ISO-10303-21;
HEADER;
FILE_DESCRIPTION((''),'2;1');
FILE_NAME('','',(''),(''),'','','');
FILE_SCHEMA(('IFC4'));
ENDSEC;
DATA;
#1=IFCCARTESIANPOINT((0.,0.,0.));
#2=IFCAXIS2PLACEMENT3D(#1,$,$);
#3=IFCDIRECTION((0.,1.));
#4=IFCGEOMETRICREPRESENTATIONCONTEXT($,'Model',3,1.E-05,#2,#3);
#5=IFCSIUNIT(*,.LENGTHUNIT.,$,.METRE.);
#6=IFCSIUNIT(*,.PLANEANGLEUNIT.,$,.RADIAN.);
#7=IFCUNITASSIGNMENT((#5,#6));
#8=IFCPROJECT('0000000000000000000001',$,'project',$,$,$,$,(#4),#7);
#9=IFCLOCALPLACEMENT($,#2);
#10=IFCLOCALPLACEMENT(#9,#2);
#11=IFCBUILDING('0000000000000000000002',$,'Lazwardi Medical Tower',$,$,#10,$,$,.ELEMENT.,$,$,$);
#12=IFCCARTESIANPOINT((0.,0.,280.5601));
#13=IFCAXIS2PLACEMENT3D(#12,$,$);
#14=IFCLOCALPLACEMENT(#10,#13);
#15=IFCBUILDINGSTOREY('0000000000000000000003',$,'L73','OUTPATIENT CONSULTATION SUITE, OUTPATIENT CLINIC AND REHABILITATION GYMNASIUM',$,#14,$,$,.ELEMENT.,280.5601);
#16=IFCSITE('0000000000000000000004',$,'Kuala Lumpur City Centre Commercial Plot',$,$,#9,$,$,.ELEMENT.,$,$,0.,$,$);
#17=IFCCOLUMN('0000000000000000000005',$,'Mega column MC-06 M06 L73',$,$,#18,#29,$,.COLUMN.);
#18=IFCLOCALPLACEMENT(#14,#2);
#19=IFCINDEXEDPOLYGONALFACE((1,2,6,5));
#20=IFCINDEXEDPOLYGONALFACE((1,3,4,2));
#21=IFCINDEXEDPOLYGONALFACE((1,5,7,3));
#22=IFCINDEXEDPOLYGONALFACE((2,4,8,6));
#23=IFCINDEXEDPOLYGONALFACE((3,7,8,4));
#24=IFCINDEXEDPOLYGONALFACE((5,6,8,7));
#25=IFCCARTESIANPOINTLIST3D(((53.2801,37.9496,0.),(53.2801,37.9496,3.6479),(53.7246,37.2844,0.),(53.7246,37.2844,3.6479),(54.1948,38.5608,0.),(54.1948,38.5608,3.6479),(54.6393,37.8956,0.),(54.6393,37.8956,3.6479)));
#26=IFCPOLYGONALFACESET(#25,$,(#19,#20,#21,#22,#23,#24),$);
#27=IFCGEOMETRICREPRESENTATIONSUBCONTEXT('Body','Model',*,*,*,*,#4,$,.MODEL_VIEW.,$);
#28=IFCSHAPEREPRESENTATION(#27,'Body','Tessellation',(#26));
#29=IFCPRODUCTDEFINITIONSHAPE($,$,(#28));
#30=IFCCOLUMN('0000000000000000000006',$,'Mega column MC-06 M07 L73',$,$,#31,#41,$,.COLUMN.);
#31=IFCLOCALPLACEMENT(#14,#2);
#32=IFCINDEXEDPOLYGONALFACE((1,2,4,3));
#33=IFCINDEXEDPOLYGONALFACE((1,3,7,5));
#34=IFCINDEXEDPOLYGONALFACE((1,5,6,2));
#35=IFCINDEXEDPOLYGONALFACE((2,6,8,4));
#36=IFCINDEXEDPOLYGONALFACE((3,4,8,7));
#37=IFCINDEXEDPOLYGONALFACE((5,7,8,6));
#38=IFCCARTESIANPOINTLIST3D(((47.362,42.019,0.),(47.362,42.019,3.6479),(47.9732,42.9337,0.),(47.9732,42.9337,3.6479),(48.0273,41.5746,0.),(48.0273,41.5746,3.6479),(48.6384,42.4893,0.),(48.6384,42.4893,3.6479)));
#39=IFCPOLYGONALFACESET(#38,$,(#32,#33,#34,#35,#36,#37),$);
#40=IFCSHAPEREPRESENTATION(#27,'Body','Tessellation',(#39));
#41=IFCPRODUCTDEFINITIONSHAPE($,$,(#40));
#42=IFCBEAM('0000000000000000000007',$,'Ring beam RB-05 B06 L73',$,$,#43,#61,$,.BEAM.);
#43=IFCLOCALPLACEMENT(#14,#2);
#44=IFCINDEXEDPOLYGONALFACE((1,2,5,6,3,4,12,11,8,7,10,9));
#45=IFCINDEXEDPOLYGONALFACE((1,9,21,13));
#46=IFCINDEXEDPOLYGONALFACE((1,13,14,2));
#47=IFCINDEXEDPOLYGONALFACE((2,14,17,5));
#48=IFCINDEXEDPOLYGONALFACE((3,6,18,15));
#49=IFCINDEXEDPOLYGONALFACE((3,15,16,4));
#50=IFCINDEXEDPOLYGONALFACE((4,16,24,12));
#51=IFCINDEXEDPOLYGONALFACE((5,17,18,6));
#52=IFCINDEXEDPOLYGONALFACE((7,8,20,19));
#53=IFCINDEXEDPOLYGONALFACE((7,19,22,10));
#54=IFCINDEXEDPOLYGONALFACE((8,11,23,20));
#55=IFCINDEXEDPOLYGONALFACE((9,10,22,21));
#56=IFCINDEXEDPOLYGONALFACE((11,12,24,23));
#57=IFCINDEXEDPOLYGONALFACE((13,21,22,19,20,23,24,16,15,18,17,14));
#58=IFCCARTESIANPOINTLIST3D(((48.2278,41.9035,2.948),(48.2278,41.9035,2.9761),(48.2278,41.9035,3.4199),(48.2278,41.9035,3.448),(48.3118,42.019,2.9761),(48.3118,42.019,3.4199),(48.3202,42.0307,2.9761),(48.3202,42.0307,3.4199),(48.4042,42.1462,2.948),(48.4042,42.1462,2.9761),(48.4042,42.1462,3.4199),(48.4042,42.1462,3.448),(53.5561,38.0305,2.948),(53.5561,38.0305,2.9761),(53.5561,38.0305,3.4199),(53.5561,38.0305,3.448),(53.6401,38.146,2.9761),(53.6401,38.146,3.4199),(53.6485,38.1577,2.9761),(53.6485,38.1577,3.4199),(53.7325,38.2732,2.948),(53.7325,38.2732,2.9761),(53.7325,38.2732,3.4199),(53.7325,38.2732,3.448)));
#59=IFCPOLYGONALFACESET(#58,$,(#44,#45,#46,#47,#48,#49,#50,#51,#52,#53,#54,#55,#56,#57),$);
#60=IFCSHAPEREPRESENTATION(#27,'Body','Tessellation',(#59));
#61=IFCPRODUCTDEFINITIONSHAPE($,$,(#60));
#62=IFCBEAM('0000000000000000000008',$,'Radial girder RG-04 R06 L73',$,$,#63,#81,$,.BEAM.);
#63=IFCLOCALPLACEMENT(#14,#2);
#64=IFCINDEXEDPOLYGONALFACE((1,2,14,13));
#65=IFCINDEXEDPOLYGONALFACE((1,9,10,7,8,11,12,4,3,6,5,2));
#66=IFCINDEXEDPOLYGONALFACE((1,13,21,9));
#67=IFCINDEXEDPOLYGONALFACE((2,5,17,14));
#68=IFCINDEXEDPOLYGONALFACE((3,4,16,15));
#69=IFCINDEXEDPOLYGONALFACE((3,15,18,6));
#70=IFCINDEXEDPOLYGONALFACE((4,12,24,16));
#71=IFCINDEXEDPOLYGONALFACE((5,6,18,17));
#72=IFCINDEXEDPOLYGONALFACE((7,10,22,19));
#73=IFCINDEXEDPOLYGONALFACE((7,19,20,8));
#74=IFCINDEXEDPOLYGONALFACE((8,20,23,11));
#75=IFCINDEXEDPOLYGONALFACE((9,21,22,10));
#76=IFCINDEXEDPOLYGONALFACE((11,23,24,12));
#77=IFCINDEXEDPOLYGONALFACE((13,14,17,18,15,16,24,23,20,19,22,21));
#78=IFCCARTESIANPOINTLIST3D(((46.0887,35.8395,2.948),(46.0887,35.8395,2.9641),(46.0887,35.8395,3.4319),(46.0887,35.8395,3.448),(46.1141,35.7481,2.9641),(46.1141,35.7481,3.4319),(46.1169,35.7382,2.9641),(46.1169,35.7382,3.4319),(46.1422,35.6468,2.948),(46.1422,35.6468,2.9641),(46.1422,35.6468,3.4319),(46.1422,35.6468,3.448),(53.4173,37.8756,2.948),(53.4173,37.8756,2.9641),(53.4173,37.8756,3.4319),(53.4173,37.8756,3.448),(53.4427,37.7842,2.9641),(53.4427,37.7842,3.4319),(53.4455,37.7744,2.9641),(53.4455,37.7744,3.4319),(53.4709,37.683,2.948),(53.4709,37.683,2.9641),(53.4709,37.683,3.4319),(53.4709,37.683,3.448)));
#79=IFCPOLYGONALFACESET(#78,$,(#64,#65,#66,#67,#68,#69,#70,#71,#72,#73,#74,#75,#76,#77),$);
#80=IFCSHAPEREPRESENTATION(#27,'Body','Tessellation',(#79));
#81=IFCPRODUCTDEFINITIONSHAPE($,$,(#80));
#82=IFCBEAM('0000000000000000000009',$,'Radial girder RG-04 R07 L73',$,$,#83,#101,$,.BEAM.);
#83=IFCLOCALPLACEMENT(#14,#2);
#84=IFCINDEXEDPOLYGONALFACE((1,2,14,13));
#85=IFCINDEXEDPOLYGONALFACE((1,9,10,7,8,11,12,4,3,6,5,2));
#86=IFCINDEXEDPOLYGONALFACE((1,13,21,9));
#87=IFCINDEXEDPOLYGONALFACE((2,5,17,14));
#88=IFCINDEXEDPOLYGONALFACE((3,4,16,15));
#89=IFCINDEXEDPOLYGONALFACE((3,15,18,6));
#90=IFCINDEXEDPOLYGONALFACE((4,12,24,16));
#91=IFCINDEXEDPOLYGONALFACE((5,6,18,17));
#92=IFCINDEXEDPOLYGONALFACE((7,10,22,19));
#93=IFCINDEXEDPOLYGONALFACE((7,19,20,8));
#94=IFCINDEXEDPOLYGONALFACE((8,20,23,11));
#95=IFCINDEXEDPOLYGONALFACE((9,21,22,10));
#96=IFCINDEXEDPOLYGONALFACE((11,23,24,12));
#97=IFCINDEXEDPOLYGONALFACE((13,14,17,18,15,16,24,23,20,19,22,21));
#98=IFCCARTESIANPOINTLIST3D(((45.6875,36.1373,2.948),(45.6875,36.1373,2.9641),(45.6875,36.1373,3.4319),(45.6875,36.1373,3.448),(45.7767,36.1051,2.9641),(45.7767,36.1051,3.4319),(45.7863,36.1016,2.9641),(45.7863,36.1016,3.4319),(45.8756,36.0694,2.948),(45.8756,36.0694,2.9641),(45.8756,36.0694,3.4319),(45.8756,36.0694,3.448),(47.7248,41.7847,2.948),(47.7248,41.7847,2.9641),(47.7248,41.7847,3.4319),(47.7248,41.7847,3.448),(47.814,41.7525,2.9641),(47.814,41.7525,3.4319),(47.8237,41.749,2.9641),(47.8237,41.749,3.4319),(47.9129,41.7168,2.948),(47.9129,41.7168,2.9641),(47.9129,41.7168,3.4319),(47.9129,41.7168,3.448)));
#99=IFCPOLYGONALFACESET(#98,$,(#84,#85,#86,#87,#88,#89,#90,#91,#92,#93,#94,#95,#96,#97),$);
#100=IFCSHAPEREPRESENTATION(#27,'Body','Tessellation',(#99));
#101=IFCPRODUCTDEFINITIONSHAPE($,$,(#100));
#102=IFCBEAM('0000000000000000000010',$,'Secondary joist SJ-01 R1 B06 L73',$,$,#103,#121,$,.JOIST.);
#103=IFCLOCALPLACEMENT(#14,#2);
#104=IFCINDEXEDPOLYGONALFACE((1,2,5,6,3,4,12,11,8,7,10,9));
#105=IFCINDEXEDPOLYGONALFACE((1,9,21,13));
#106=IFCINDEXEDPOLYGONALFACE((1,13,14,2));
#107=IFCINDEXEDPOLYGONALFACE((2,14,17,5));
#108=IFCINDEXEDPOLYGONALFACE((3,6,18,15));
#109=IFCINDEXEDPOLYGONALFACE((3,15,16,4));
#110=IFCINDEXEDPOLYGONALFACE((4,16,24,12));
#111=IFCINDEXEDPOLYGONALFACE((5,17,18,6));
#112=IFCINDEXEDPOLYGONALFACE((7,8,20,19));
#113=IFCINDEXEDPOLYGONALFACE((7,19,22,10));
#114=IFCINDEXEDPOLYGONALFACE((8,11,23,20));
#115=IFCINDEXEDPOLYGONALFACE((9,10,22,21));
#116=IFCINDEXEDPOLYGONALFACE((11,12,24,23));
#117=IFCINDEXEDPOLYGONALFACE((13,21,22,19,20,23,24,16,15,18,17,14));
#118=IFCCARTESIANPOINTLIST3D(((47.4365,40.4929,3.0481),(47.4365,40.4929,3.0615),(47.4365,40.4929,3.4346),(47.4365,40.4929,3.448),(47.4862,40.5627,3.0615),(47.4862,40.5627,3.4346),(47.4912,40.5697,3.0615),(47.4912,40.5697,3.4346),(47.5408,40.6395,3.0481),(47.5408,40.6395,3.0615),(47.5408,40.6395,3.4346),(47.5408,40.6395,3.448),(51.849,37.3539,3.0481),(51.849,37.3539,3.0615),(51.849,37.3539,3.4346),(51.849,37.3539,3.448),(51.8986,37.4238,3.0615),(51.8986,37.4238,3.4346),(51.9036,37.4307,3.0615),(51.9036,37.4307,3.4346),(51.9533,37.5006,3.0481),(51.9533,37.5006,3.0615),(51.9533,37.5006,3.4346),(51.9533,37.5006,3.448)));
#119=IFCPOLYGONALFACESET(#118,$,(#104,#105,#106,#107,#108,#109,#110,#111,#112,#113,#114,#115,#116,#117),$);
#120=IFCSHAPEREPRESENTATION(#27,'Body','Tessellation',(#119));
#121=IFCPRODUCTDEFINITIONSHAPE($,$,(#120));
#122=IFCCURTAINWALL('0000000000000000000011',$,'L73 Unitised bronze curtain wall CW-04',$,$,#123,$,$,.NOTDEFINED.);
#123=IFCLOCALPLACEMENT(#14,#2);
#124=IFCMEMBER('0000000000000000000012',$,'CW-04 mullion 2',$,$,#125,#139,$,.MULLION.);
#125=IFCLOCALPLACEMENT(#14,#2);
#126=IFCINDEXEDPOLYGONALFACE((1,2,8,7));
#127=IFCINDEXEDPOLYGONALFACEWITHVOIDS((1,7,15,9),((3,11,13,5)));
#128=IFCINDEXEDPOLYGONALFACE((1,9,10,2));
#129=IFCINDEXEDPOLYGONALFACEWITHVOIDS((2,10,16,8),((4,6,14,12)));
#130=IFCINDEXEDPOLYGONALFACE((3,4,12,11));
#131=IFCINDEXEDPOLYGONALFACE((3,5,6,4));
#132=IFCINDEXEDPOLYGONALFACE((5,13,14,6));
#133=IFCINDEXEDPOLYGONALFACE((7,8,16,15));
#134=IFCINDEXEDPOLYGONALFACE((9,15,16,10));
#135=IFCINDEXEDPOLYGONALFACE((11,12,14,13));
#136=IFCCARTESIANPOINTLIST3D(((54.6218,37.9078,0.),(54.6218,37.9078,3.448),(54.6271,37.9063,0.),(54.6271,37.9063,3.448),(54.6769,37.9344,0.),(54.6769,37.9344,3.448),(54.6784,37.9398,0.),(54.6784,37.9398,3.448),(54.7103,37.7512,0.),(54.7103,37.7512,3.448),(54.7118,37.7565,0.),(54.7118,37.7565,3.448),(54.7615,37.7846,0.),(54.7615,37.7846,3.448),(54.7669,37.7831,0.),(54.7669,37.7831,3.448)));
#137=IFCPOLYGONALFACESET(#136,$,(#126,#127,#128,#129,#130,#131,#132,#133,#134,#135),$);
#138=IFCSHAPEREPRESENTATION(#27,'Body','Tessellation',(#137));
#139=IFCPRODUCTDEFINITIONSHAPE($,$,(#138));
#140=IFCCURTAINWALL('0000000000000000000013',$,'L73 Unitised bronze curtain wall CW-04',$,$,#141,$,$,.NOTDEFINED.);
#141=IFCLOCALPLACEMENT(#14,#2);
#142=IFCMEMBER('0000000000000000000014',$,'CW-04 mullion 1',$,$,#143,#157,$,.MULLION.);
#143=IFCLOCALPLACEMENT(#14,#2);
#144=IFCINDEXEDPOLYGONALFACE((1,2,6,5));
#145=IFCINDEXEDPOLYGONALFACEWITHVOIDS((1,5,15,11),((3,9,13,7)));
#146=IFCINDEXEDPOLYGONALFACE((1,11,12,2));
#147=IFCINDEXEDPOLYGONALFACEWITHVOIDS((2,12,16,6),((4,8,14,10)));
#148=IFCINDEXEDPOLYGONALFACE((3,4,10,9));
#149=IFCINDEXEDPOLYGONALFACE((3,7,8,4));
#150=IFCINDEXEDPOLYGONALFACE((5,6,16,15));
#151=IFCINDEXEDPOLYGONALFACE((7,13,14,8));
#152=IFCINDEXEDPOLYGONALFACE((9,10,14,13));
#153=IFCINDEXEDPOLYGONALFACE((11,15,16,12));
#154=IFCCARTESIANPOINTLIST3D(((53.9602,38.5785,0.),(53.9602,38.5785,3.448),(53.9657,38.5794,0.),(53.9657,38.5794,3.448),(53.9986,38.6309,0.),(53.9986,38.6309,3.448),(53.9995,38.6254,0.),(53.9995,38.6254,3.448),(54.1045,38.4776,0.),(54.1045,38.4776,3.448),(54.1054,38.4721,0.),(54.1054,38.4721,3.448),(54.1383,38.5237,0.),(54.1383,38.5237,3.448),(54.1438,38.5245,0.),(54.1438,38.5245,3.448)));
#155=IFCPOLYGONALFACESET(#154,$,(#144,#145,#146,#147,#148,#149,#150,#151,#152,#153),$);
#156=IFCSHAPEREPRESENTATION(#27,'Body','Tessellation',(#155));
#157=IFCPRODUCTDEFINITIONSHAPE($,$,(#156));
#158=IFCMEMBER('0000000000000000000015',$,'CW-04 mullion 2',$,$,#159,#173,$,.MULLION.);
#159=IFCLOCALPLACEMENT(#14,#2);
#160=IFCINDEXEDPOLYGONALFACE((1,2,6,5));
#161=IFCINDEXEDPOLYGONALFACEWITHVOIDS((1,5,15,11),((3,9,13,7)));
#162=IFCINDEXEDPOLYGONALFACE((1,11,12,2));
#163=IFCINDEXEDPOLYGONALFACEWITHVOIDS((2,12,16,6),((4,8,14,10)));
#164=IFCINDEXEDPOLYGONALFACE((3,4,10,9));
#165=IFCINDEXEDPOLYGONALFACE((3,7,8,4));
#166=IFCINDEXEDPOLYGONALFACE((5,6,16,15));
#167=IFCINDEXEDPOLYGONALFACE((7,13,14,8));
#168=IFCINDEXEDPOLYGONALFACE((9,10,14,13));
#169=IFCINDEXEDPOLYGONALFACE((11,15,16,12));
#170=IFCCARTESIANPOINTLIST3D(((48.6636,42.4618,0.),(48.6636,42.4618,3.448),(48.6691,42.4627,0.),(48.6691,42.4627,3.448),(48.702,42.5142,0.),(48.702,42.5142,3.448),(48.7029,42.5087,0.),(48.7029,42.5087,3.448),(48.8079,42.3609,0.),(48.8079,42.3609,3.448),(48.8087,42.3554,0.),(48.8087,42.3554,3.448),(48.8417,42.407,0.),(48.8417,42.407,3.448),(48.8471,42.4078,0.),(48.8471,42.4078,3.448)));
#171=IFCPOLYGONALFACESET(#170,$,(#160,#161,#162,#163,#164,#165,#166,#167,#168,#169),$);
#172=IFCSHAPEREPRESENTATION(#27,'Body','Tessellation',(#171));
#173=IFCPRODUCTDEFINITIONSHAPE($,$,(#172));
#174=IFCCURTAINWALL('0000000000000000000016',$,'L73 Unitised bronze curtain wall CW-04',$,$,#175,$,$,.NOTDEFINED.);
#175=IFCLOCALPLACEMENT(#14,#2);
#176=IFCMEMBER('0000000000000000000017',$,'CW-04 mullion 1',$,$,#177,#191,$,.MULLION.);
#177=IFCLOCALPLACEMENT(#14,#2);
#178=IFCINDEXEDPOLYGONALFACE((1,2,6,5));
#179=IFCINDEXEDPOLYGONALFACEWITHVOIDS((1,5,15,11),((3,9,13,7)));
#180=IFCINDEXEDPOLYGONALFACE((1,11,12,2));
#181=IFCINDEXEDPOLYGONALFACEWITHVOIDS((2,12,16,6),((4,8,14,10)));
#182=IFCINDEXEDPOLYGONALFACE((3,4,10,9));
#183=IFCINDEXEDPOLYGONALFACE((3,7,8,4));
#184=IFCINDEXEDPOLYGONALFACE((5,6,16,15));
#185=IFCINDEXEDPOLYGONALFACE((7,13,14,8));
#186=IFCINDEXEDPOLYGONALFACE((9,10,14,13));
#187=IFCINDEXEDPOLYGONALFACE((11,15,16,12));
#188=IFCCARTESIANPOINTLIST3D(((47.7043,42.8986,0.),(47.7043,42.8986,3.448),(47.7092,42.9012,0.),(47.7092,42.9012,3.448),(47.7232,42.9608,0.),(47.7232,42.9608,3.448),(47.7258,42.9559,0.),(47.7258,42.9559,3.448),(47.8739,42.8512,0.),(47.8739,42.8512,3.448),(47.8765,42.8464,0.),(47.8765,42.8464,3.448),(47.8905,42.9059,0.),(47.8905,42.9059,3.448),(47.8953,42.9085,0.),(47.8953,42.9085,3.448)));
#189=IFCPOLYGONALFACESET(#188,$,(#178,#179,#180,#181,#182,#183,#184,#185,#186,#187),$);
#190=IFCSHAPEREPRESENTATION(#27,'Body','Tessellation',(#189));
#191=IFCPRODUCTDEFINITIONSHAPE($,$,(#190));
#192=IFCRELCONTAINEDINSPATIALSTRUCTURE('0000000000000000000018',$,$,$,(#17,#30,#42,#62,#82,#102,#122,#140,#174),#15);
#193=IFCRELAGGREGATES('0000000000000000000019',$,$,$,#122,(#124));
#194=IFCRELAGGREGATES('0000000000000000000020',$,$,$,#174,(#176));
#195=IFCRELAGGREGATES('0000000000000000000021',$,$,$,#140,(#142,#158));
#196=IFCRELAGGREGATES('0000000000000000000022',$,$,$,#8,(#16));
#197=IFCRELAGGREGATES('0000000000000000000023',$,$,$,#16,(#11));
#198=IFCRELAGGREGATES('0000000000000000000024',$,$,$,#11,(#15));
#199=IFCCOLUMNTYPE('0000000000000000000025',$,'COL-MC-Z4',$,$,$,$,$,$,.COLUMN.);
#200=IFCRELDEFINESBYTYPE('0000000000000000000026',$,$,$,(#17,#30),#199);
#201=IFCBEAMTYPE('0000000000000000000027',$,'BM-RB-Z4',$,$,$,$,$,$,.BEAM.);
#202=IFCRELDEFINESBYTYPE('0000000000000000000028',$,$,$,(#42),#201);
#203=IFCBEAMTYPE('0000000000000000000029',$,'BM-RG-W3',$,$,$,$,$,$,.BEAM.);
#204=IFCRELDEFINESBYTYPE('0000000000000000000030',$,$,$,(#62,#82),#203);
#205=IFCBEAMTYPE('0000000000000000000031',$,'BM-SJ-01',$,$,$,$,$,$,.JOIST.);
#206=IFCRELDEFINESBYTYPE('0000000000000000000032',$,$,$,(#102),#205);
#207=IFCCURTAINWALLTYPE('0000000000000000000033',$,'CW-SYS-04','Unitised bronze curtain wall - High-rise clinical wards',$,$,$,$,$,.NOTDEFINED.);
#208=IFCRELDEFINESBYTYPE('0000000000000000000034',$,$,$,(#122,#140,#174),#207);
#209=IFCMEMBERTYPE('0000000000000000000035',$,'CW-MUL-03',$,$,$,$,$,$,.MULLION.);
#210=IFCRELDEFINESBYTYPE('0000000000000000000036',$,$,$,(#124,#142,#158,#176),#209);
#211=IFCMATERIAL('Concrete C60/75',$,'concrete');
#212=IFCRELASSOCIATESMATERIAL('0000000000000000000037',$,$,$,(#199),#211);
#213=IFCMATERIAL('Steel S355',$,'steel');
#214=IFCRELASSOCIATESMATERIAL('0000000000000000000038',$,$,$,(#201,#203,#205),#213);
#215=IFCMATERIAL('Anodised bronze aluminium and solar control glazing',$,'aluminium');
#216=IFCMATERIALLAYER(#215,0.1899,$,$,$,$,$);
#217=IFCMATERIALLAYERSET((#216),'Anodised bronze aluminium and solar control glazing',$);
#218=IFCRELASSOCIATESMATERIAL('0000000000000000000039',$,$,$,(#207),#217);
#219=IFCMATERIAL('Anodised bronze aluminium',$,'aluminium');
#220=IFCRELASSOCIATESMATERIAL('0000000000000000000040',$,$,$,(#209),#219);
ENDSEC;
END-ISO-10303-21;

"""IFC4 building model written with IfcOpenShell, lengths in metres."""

from ifc_helpers import new_model, si_unit, direction, frame, origin, origin_2d, place, context, subcontext, project, spatial, rectangle, hollow_rectangle, i_section, extrude, material, layer, layer_set, material_profile, profile_set, type_object, element, aggregate, save


model = new_model("IFC4")

# Units and contexts
model_context = context("Model", 3, precision=1e-05, world=origin(), true_north=direction((0.0, 1.0)))
body_context = subcontext(model_context, "Body", "Model", "MODEL_VIEW")
ifc_project = project(units=[si_unit("LENGTHUNIT", "METRE"), si_unit("PLANEANGLEUNIT", "RADIAN")], contexts=[model_context])

# Site, building, storey
site_placement = place(None, origin())
site = spatial("IfcSite", under=ifc_project, at=site_placement, Name="Kuala Lumpur City Centre Commercial Plot", CompositionType="ELEMENT", RefElevation=0.0)
building_placement = place(site_placement, origin())
building = spatial("IfcBuilding", under=site, at=building_placement, Name="Lazwardi Medical Tower", CompositionType="ELEMENT")
storey_placement = place(building_placement, frame((0.0, 0.0, 280.5601)))
storey = spatial("IfcBuildingStorey", under=building, at=storey_placement, Name="L73", Description="OUTPATIENT CONSULTATION SUITE, OUTPATIENT CLINIC AND REHABILITATION GYMNASIUM", CompositionType="ELEMENT", Elevation=280.5601)

# Columns
ifc_material_1 = material(Name="Concrete C60/75", Category="concrete")
ifc_material_profile_1 = material_profile(ifc_material_1, rectangle(XDim=1.1001, YDim=0.8, at=origin_2d()), Name="CFT-RECT 1100x800")
ifc_profile_set_1 = profile_set([ifc_material_profile_1], Name="Concrete C60/75")
column_type = type_object("IfcColumnType", Name="COL-MC-Z4", PredefinedType="COLUMN", material=ifc_profile_set_1)
for number, where, z_axis, x_axis, name in (
    (1, (53.9597, 37.9226, 0.0), (0.0, 0.0, 1.0), (0.83147, 0.55557, 0.0), "Mega column MC-06 M06 L73"),
    (2, (48.0002, 42.2542, 0.0), (0.0, 0.0, 1.0), (0.55557, 0.83147, 0.0), "Mega column MC-06 M07 L73"),
):
    element("IfcColumn", number, at=place(storey_placement, frame(where, z_axis=z_axis, x_axis=x_axis)), inside=storey, type_object=column_type, Name=name, PredefinedType="COLUMN", context=body_context, shape_type="SweptSolid", body=[
        extrude(rectangle(XDim=1.1001, YDim=0.8, at=origin_2d()), origin(), (0.0, 0.0, 1.0), 3.6479),
    ])

# Beams
ifc_material_2 = material(Name="Steel S355", Category="steel")
ifc_material_profile_2 = material_profile(ifc_material_2, i_section(OverallWidth=0.3, OverallDepth=0.5, WebThickness=0.0144, FlangeThickness=0.0281, at=origin_2d()), Name="HEB 500")
ifc_profile_set_2 = profile_set([ifc_material_profile_2], Name="Steel S355")
beam_type_1 = type_object("IfcBeamType", Name="BM-RB-Z4", PredefinedType="BEAM", material=ifc_profile_set_2)
beam_1_placement = place(storey_placement, frame((53.6443, 38.1519, 3.198), z_axis=(-0.80889, 0.58796, 0.0), x_axis=(-0.58796, -0.80889, 0.0)))
element("IfcBeam", 3, at=beam_1_placement, inside=storey, type_object=beam_type_1, Name="Ring beam RB-05 B06 L73", PredefinedType="BEAM", context=body_context, shape_type="SweptSolid", body=[
    extrude(i_section(OverallWidth=0.3, OverallDepth=0.5, WebThickness=0.0144, FlangeThickness=0.0281, at=origin_2d()), origin(), (0.0, 0.0, 1.0), 6.5872),
])
ifc_material_profile_3 = material_profile(ifc_material_2, i_section(OverallWidth=0.2, OverallDepth=0.5, WebThickness=0.0103, FlangeThickness=0.0161, at=origin_2d()), Name="IPE 500")
ifc_profile_set_3 = profile_set([ifc_material_profile_3], Name="Steel S355")
beam_type_2 = type_object("IfcBeamType", Name="BM-RG-W3", PredefinedType="BEAM", material=ifc_profile_set_3)
beam_2_placement = place(storey_placement, frame((53.4441, 37.7793, 3.198), z_axis=(-0.963504, -0.267694, 0.0), x_axis=(0.267694, -0.963504, 0.0)))
element("IfcBeam", 4, at=beam_2_placement, inside=storey, type_object=beam_type_2, Name="Radial girder RG-04 R06 L73", PredefinedType="BEAM", context=body_context, shape_type="SweptSolid", body=[
    extrude(i_section(OverallWidth=0.2, OverallDepth=0.5, WebThickness=0.0103, FlangeThickness=0.0161, at=origin_2d()), origin(), (0.0, 0.0, 1.0), 7.6062),
])
beam_3_placement = place(storey_placement, frame((47.8188, 41.7507, 3.198), z_axis=(-0.339349, -0.940661, 0.0), x_axis=(0.940661, -0.339349, 0.0)))
element("IfcBeam", 5, at=beam_3_placement, inside=storey, type_object=beam_type_2, Name="Radial girder RG-04 R07 L73", PredefinedType="BEAM", context=body_context, shape_type="SweptSolid", body=[
    extrude(i_section(OverallWidth=0.2, OverallDepth=0.5, WebThickness=0.0103, FlangeThickness=0.0161, at=origin_2d()), origin(), (0.0, 0.0, 1.0), 6.0037),
])
ifc_material_profile_4 = material_profile(ifc_material_2, i_section(OverallWidth=0.1799, OverallDepth=0.3999, WebThickness=0.0085, FlangeThickness=0.0134, at=origin_2d()), Name="IPE 400")
ifc_profile_set_4 = profile_set([ifc_material_profile_4], Name="Steel S355")
beam_type_3 = type_object("IfcBeamType", Name="BM-SJ-01", PredefinedType="JOIST", material=ifc_profile_set_4)
beam_4_placement = place(storey_placement, frame((51.9011, 37.4272, 3.248), z_axis=(-0.814847, 0.579676, 0.0), x_axis=(-0.579676, -0.814847, 0.0)))
element("IfcBeam", 6, at=beam_4_placement, inside=storey, type_object=beam_type_3, Name="Secondary joist SJ-01 R1 B06 L73", PredefinedType="JOIST", context=body_context, shape_type="SweptSolid", body=[
    extrude(i_section(OverallWidth=0.1799, OverallDepth=0.3999, WebThickness=0.0085, FlangeThickness=0.0134, at=origin_2d()), origin(), (0.0, 0.0, 1.0), 5.415),
])

# Curtain wall, member
ifc_material_3 = material(Name="Anodised bronze aluminium and solar control glazing", Category="aluminium")
ifc_layer_1 = layer(ifc_material_3, 0.1899)
ifc_layer_set_1 = layer_set([ifc_layer_1], Name="Anodised bronze aluminium and solar control glazing")
curtain_wall_type = type_object("IfcCurtainWallType", Name="CW-SYS-04", Description="Unitised bronze curtain wall - High-rise clinical wards", PredefinedType="NOTDEFINED", material=ifc_layer_set_1)
curtain_wall_1_placement = place(storey_placement, origin())
curtain_wall_1 = element("IfcCurtainWall", 7, at=curtain_wall_1_placement, inside=storey, type_object=curtain_wall_type, Name="L73 Unitised bronze curtain wall CW-04", PredefinedType="NOTDEFINED")
ifc_material_4 = material(Name="Anodised bronze aluminium", Category="aluminium")
ifc_material_profile_5 = material_profile(ifc_material_4, hollow_rectangle(XDim=0.0649, YDim=0.1799, WallThickness=0.0039, at=origin_2d()), Name="ALU-MULLION 180x65x4")
ifc_profile_set_5 = profile_set([ifc_material_profile_5], Name="Anodised bronze aluminium")
member_type_1 = type_object("IfcMemberType", Name="CW-MUL-03", PredefinedType="MULLION", material=ifc_profile_set_5)
member_1_placement = place(storey_placement, frame((54.6943, 37.8455, 0.0), z_axis=(0.0, 0.0, 1.0), x_axis=(-0.870651, -0.4919, 0.0)))
member_1 = element("IfcMember", 8, at=member_1_placement, type_object=member_type_1, Name="CW-04 mullion 2", PredefinedType="MULLION", context=body_context, shape_type="SweptSolid", body=[
    extrude(hollow_rectangle(XDim=0.0649, YDim=0.1799, WallThickness=0.0039, at=origin_2d()), origin(), (0.0, 0.0, 1.0), 3.448),
])
aggregate(curtain_wall_1, [member_1])

# Curtain wall, members
curtain_wall_2_placement = place(storey_placement, origin())
curtain_wall_2 = element("IfcCurtainWall", 9, at=curtain_wall_2_placement, inside=storey, type_object=curtain_wall_type, Name="L73 Unitised bronze curtain wall CW-04", PredefinedType="NOTDEFINED")
member_2_placement = place(storey_placement, frame((54.052, 38.5515, 0.0), z_axis=(0.0, 0.0, 1.0), x_axis=(-0.591268, -0.806475, 0.0)))
member_2 = element("IfcMember", 10, at=member_2_placement, type_object=member_type_1, Name="CW-04 mullion 1", PredefinedType="MULLION", context=body_context, shape_type="SweptSolid", body=[
    extrude(hollow_rectangle(XDim=0.0649, YDim=0.1799, WallThickness=0.0039, at=origin_2d()), origin(), (0.0, 0.0, 1.0), 3.448),
])
member_3_placement = place(storey_placement, frame((48.7554, 42.4348, 0.0), z_axis=(0.0, 0.0, 1.0), x_axis=(-0.591268, -0.806475, 0.0)))
member_3 = element("IfcMember", 11, at=member_3_placement, type_object=member_type_1, Name="CW-04 mullion 2", PredefinedType="MULLION", context=body_context, shape_type="SweptSolid", body=[
    extrude(hollow_rectangle(XDim=0.0649, YDim=0.1799, WallThickness=0.0039, at=origin_2d()), origin(), (0.0, 0.0, 1.0), 3.448),
])

# Curtain wall, member
curtain_wall_3_placement = place(storey_placement, origin())
curtain_wall_3 = element("IfcCurtainWall", 12, at=curtain_wall_3_placement, inside=storey, type_object=curtain_wall_type, Name="L73 Unitised bronze curtain wall CW-04", PredefinedType="NOTDEFINED")
member_4_placement = place(storey_placement, frame((47.7998, 42.9036, 0.0), z_axis=(0.0, 0.0, 1.0), x_axis=(-0.290582, -0.95685, 0.0)))
member_4 = element("IfcMember", 13, at=member_4_placement, type_object=member_type_1, Name="CW-04 mullion 1", PredefinedType="MULLION", context=body_context, shape_type="SweptSolid", body=[
    extrude(hollow_rectangle(XDim=0.0649, YDim=0.1799, WallThickness=0.0039, at=origin_2d()), origin(), (0.0, 0.0, 1.0), 3.448),
])

aggregate(curtain_wall_3, [member_4])

aggregate(curtain_wall_2, [member_2, member_3])

save(model, "model.ifc")
